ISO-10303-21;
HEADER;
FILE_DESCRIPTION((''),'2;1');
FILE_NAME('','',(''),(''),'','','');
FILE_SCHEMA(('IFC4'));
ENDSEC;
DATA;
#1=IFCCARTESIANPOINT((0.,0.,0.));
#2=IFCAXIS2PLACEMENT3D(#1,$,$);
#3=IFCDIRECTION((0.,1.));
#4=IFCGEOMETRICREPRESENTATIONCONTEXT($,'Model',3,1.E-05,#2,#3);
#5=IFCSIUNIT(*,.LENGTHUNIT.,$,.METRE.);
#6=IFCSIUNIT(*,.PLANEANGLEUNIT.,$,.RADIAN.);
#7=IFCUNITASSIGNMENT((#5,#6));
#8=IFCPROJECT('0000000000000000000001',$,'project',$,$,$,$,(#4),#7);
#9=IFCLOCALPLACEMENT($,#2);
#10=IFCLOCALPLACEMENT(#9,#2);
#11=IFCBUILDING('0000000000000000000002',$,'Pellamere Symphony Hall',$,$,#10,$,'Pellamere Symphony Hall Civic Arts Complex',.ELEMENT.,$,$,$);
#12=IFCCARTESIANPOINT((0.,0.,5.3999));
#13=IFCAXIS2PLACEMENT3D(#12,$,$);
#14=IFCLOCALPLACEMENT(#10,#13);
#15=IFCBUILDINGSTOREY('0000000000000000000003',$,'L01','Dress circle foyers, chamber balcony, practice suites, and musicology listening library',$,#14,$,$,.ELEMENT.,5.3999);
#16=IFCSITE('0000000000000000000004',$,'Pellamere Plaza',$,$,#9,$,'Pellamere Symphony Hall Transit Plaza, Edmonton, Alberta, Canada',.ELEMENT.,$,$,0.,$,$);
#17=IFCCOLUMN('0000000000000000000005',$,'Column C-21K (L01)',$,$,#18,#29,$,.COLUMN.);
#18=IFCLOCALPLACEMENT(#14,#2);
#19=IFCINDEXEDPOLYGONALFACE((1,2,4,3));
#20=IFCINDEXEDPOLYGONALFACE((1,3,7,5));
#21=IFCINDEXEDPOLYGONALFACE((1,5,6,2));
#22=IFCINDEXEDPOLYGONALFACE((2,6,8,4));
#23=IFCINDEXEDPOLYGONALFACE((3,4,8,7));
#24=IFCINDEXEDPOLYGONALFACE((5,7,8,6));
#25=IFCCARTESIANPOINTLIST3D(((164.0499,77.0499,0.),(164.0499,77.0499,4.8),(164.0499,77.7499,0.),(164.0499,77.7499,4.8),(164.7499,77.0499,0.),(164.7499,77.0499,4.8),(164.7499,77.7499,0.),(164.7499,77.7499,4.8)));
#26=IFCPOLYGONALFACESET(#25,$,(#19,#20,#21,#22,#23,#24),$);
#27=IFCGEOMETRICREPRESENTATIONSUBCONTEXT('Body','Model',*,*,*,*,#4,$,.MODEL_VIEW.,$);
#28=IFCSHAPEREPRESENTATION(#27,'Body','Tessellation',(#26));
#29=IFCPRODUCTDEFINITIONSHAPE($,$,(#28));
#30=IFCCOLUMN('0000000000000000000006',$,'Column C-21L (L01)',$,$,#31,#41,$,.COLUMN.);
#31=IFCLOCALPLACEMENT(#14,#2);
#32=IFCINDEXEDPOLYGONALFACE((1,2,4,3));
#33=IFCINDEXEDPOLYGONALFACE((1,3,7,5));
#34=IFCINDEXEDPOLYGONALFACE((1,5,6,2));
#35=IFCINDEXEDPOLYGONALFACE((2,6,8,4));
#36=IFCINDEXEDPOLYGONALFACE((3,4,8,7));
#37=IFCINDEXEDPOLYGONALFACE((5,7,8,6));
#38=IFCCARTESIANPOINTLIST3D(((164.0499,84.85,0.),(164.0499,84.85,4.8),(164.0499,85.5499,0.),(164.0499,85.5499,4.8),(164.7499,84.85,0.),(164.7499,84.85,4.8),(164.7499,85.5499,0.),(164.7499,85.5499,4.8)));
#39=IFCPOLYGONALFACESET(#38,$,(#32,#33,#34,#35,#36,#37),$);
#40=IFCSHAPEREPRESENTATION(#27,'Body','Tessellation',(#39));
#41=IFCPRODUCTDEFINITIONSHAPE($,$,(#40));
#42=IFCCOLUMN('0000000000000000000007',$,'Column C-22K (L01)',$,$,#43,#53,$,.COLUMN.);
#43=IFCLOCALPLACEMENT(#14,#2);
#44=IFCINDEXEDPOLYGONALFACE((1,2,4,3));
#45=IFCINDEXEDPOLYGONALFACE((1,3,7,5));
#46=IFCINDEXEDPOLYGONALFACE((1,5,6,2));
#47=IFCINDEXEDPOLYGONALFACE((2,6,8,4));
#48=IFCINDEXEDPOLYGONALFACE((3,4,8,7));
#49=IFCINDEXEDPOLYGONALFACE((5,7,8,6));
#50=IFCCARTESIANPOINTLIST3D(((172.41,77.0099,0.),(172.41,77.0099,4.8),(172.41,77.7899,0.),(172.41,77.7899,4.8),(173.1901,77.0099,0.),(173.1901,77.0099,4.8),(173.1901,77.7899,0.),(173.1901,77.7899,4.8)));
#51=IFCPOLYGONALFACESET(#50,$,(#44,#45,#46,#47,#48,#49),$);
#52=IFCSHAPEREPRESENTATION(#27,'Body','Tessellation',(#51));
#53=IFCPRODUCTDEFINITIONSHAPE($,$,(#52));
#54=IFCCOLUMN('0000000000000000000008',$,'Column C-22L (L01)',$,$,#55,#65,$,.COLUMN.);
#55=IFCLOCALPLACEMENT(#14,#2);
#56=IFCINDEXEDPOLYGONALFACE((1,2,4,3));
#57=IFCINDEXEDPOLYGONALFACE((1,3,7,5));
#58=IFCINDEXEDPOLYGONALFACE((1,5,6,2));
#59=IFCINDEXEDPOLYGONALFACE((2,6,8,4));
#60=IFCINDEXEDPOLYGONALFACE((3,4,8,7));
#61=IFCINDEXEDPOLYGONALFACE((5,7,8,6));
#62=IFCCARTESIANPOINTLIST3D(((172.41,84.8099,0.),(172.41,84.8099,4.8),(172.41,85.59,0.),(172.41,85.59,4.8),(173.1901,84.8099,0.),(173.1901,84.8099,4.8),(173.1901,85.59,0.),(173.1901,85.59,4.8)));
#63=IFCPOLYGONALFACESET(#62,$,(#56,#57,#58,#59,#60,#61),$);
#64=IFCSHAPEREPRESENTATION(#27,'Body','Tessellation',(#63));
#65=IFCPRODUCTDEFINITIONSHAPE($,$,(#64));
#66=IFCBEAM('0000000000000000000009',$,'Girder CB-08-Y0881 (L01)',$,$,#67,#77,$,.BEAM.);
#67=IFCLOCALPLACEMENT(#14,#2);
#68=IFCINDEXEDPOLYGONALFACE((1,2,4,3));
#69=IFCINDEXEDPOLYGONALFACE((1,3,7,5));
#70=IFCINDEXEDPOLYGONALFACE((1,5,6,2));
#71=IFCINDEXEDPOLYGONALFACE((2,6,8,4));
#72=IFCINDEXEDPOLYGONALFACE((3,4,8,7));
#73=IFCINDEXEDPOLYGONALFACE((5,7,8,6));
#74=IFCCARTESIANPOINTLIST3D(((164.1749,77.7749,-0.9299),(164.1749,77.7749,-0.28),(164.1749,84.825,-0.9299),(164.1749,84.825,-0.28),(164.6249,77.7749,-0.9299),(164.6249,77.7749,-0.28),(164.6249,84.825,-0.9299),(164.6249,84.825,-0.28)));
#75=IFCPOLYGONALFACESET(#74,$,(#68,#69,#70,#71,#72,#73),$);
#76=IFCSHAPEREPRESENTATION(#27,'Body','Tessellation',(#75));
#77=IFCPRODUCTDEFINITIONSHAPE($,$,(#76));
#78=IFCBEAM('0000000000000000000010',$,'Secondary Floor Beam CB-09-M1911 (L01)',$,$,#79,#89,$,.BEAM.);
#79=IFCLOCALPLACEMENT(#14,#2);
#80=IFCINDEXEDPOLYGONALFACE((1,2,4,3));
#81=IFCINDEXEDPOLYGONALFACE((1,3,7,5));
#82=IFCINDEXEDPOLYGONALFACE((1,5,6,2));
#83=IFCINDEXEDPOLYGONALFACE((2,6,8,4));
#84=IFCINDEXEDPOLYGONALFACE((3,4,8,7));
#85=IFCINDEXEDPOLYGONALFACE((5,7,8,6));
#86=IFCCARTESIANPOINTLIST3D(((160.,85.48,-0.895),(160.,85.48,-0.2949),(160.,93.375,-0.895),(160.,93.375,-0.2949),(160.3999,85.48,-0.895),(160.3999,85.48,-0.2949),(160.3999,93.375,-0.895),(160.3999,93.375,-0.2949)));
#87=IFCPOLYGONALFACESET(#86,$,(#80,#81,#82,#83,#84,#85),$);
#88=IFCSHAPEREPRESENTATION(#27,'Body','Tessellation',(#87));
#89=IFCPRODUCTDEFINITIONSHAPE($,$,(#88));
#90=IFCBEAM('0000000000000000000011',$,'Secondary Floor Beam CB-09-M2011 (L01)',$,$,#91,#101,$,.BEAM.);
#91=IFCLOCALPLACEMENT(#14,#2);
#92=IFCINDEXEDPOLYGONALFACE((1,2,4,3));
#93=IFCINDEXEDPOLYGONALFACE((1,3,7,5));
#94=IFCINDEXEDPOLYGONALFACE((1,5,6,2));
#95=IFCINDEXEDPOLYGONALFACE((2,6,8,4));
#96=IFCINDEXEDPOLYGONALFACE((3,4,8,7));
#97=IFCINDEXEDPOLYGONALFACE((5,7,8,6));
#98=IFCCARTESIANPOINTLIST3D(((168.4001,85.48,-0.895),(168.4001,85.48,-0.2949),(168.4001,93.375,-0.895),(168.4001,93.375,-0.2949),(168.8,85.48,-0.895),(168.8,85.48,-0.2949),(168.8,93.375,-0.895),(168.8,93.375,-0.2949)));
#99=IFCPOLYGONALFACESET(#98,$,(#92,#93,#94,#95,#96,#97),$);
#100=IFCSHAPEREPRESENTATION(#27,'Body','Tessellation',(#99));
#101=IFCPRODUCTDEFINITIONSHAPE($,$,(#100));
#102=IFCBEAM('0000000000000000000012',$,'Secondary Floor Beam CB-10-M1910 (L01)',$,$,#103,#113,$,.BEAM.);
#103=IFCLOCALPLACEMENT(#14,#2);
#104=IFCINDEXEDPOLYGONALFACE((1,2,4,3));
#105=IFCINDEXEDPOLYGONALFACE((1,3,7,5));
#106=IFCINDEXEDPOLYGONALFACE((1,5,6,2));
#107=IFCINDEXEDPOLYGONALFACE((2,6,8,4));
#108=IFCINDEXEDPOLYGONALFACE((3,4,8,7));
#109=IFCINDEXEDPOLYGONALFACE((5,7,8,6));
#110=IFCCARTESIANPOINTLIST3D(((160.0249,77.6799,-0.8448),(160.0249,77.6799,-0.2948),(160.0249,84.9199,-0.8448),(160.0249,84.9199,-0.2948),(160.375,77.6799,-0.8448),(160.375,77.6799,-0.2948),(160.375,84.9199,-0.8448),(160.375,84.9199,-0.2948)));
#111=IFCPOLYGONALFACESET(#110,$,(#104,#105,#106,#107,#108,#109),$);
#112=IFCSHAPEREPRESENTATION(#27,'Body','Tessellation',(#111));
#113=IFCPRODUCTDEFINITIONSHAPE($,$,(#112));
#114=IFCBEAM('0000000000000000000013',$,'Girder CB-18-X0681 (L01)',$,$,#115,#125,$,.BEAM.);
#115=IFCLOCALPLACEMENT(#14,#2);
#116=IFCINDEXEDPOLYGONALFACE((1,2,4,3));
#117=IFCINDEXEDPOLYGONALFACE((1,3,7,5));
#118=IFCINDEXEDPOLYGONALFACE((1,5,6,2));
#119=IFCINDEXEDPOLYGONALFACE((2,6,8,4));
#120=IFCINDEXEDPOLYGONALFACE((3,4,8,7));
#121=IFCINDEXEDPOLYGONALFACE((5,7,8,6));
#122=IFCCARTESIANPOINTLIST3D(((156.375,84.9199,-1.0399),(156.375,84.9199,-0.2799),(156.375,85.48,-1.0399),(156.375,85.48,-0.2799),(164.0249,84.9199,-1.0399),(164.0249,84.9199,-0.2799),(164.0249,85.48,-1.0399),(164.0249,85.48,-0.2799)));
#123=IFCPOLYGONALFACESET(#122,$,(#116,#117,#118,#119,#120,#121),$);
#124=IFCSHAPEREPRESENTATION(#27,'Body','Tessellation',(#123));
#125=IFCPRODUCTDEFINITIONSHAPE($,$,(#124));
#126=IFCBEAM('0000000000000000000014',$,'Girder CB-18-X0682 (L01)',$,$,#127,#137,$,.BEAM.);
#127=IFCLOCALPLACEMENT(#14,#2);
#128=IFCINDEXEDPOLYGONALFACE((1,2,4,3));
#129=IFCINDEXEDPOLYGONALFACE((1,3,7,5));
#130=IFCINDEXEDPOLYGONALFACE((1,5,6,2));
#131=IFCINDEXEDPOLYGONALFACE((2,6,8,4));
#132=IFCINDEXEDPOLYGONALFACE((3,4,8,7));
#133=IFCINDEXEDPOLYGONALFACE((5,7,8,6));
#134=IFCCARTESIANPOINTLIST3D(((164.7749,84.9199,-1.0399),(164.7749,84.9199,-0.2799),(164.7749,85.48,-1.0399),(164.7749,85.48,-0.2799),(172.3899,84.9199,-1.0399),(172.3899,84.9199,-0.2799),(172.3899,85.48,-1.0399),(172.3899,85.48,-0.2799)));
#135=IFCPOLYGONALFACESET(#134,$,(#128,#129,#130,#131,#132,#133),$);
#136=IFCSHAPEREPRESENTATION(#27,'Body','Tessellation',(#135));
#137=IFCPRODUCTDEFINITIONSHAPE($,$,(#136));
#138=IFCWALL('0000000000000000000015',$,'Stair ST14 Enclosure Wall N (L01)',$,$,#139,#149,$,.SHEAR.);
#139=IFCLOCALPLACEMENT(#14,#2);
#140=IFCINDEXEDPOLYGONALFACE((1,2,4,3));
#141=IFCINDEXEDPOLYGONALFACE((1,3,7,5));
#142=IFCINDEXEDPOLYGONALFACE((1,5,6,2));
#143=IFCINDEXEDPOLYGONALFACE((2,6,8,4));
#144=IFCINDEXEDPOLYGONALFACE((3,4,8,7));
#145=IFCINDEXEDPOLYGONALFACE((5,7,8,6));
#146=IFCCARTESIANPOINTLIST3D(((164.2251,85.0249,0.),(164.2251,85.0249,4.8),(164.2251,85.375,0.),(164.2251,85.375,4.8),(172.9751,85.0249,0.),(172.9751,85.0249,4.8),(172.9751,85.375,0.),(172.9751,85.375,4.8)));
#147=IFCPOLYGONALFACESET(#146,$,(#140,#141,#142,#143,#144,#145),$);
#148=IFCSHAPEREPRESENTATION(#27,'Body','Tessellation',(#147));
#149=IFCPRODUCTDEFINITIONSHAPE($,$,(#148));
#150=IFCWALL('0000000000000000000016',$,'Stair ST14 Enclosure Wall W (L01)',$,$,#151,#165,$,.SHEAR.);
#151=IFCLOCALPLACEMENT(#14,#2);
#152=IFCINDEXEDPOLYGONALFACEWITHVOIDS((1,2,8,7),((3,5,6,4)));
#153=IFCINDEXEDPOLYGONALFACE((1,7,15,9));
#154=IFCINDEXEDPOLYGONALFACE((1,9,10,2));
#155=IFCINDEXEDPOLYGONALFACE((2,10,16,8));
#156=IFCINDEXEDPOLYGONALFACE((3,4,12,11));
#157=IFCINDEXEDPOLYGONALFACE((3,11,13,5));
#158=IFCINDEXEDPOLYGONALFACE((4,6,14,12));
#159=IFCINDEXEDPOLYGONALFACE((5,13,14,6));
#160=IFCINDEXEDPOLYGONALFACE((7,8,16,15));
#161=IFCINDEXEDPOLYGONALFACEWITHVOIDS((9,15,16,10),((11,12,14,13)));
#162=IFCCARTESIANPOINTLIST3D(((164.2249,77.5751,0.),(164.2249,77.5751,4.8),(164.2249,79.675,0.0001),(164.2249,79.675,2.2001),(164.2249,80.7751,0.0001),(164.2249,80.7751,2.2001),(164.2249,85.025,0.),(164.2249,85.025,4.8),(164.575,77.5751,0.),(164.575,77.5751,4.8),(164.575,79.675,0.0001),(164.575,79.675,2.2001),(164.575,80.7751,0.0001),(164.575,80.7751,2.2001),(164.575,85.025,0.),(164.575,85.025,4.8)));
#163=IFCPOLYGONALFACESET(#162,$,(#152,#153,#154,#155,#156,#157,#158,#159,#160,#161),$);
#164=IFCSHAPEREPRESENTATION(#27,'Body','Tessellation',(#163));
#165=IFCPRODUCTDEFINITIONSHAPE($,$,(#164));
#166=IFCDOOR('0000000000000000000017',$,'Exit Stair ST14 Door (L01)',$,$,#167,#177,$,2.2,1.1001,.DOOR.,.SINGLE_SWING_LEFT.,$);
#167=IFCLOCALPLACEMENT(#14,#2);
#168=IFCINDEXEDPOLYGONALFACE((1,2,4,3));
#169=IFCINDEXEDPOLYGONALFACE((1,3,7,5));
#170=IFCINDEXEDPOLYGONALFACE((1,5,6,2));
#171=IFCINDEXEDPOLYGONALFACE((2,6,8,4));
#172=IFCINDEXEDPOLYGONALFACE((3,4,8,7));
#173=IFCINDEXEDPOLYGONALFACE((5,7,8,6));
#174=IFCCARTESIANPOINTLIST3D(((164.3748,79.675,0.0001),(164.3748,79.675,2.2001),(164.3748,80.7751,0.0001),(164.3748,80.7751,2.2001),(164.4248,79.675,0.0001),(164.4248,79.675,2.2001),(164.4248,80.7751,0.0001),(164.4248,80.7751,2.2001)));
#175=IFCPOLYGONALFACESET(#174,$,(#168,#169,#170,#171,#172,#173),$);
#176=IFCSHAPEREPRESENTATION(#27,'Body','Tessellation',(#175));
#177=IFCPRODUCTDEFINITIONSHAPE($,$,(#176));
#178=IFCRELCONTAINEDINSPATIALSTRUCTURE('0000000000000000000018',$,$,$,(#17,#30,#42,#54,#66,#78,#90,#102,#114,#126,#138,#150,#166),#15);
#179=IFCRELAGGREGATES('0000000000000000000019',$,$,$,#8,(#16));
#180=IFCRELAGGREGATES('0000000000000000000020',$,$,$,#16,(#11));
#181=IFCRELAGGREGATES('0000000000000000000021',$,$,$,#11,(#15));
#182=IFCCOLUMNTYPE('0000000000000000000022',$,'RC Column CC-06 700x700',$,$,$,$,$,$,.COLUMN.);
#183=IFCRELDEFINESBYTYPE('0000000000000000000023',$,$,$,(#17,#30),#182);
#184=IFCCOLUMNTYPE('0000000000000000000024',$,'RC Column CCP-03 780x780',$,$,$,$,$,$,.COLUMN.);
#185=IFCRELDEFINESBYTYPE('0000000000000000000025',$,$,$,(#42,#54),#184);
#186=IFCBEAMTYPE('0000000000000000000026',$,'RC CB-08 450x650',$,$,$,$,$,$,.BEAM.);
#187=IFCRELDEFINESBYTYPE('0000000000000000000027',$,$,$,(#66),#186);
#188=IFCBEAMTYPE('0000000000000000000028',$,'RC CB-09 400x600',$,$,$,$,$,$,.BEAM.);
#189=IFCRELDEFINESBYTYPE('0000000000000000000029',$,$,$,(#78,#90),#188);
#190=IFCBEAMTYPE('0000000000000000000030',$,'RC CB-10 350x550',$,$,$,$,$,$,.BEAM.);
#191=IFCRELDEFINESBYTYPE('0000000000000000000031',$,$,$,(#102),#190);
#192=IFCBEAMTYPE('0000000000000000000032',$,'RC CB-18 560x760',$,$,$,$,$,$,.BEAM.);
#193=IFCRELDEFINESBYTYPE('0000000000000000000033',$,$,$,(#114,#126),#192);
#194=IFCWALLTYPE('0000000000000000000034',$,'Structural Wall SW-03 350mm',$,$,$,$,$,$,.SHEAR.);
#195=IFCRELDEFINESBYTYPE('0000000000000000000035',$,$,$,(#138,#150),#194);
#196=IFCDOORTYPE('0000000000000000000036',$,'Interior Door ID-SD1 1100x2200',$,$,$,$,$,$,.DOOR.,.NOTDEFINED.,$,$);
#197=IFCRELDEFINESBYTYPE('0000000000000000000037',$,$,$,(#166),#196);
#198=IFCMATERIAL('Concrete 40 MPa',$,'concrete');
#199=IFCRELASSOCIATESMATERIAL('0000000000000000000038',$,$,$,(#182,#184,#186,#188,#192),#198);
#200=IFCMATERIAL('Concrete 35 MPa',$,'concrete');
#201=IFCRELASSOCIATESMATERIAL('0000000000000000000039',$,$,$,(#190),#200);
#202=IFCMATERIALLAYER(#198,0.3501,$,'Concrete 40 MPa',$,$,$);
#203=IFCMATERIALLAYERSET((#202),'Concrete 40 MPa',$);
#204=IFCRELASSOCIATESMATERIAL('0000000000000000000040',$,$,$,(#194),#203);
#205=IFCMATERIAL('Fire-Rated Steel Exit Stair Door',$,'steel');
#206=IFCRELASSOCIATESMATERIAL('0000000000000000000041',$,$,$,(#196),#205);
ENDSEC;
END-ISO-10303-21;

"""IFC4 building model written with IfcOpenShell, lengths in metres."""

from ifc_helpers import new_model, si_unit, direction, frame, frame_2d, origin, origin_2d, place, context, subcontext, project, spatial, rectangle, extrude, material, layer, layer_set, material_profile, profile_set, type_object, element, fill, save


model = new_model("IFC4")

# Units and contexts
model_context = context("Model", 3, precision=1e-05, world=origin(), true_north=direction((0.0, 1.0)))
body_context = subcontext(model_context, "Body", "Model", "MODEL_VIEW")
ifc_project = project(units=[si_unit("LENGTHUNIT", "METRE"), si_unit("PLANEANGLEUNIT", "RADIAN")], contexts=[model_context])

# Site, building, storey
site_placement = place(None, origin())
site = spatial("IfcSite", under=ifc_project, at=site_placement, Name="Pellamere Plaza", LongName="Pellamere Symphony Hall Transit Plaza, Edmonton, Alberta, Canada", CompositionType="ELEMENT", RefElevation=0.0)
building_placement = place(site_placement, origin())
building = spatial("IfcBuilding", under=site, at=building_placement, Name="Pellamere Symphony Hall", LongName="Pellamere Symphony Hall Civic Arts Complex", CompositionType="ELEMENT")
storey_placement = place(building_placement, frame((0.0, 0.0, 5.3999)))
storey = spatial("IfcBuildingStorey", under=building, at=storey_placement, Name="L01", Description="Dress circle foyers, chamber balcony, practice suites, and musicology listening library", CompositionType="ELEMENT", Elevation=5.3999)

# Columns
ifc_material_1 = material(Name="Concrete 40 MPa", Category="concrete")
ifc_material_profile_1 = material_profile(ifc_material_1, rectangle(XDim=0.7, YDim=0.7, at=origin_2d()), Name="RC 700x700")
ifc_profile_set_1 = profile_set([ifc_material_profile_1], Name="Concrete 40 MPa")
column_type_1 = type_object("IfcColumnType", Name="RC Column CC-06 700x700", PredefinedType="COLUMN", material=ifc_profile_set_1)
for number, where, z_axis, x_axis, name in (
    (1, (164.3999, 77.3999, 0.0), (0.0, 0.0, 1.0), (1.0, 0.0, 0.0), "Column C-21K (L01)"),
    (2, (164.3999, 85.2, 0.0), (0.0, 0.0, 1.0), (1.0, 0.0, 0.0), "Column C-21L (L01)"),
):
    element("IfcColumn", number, at=place(storey_placement, frame(where, z_axis=z_axis, x_axis=x_axis)), inside=storey, type_object=column_type_1, Name=name, PredefinedType="COLUMN", context=body_context, shape_type="SweptSolid", body=[
        extrude(rectangle(XDim=0.7, YDim=0.7, at=origin_2d()), origin(), (0.0, 0.0, 1.0), 4.8),
    ])
ifc_material_profile_2 = material_profile(ifc_material_1, rectangle(XDim=0.78, YDim=0.78, at=origin_2d()), Name="RC 780x780")
ifc_profile_set_2 = profile_set([ifc_material_profile_2], Name="Concrete 40 MPa")
column_type_2 = type_object("IfcColumnType", Name="RC Column CCP-03 780x780", PredefinedType="COLUMN", material=ifc_profile_set_2)
for number, where, z_axis, x_axis, name in (
    (3, (172.8, 77.3999, 0.0), (0.0, 0.0, 1.0), (1.0, 0.0, 0.0), "Column C-22K (L01)"),
    (4, (172.8, 85.2, 0.0), (0.0, 0.0, 1.0), (1.0, 0.0, 0.0), "Column C-22L (L01)"),
):
    element("IfcColumn", number, at=place(storey_placement, frame(where, z_axis=z_axis, x_axis=x_axis)), inside=storey, type_object=column_type_2, Name=name, PredefinedType="COLUMN", context=body_context, shape_type="SweptSolid", body=[
        extrude(rectangle(XDim=0.78, YDim=0.78, at=origin_2d()), origin(), (0.0, 0.0, 1.0), 4.8),
    ])

# Beams
ifc_material_profile_3 = material_profile(ifc_material_1, rectangle(XDim=0.45, YDim=0.6499, at=origin_2d()), Name="RC 450x650")
ifc_profile_set_3 = profile_set([ifc_material_profile_3], Name="Concrete 40 MPa")
beam_type_1 = type_object("IfcBeamType", Name="RC CB-08 450x650", PredefinedType="BEAM", material=ifc_profile_set_3)
beam_1_placement = place(storey_placement, frame((164.3999, 77.7749, -0.605), z_axis=(0.0, 1.0, 0.0), x_axis=(-1.0, 0.0, 0.0)))
element("IfcBeam", 5, at=beam_1_placement, inside=storey, type_object=beam_type_1, Name="Girder CB-08-Y0881 (L01)", PredefinedType="BEAM", context=body_context, shape_type="SweptSolid", body=[
    extrude(rectangle(XDim=0.45, YDim=0.6499, at=origin_2d()), origin(), (0.0, 0.0, 1.0), 7.05),
])
ifc_material_profile_4 = material_profile(ifc_material_1, rectangle(XDim=0.3999, YDim=0.6001, at=origin_2d()), Name="RC 400x600")
ifc_profile_set_4 = profile_set([ifc_material_profile_4], Name="Concrete 40 MPa")
beam_type_2 = type_object("IfcBeamType", Name="RC CB-09 400x600", PredefinedType="BEAM", material=ifc_profile_set_4)
for number, where, z_axis, x_axis, name in (
    (6, (160.2, 85.48, -0.595), (0.0, 1.0, 0.0), (-1.0, 0.0, 0.0), "Secondary Floor Beam CB-09-M1911 (L01)"),
    (7, (168.6001, 85.48, -0.595), (0.0, 1.0, 0.0), (-1.0, 0.0, 0.0), "Secondary Floor Beam CB-09-M2011 (L01)"),
):
    element("IfcBeam", number, at=place(storey_placement, frame(where, z_axis=z_axis, x_axis=x_axis)), inside=storey, type_object=beam_type_2, Name=name, PredefinedType="BEAM", context=body_context, shape_type="SweptSolid", body=[
        extrude(rectangle(XDim=0.3999, YDim=0.6001, at=origin_2d()), origin(), (0.0, 0.0, 1.0), 7.895),
    ])
ifc_material_2 = material(Name="Concrete 35 MPa", Category="concrete")
ifc_material_profile_5 = material_profile(ifc_material_2, rectangle(XDim=0.3501, YDim=0.55, at=origin_2d()), Name="RC 350x550")
ifc_profile_set_5 = profile_set([ifc_material_profile_5], Name="Concrete 35 MPa")
beam_type_3 = type_object("IfcBeamType", Name="RC CB-10 350x550", PredefinedType="BEAM", material=ifc_profile_set_5)
beam_2_placement = place(storey_placement, frame((160.2, 77.6799, -0.5698), z_axis=(0.0, 1.0, 0.0), x_axis=(-1.0, 0.0, 0.0)))
element("IfcBeam", 8, at=beam_2_placement, inside=storey, type_object=beam_type_3, Name="Secondary Floor Beam CB-10-M1910 (L01)", PredefinedType="BEAM", context=body_context, shape_type="SweptSolid", body=[
    extrude(rectangle(XDim=0.3501, YDim=0.55, at=origin_2d()), origin(), (0.0, 0.0, 1.0), 7.24),
])
ifc_material_profile_6 = material_profile(ifc_material_1, rectangle(XDim=0.5601, YDim=0.76, at=origin_2d()), Name="RC 560x760")
ifc_profile_set_6 = profile_set([ifc_material_profile_6], Name="Concrete 40 MPa")
beam_type_4 = type_object("IfcBeamType", Name="RC CB-18 560x760", PredefinedType="BEAM", material=ifc_profile_set_6)
beam_3_placement = place(storey_placement, frame((156.375, 85.2, -0.6599), z_axis=(1.0, 0.0, 0.0), x_axis=(0.0, 1.0, 0.0)))
element("IfcBeam", 9, at=beam_3_placement, inside=storey, type_object=beam_type_4, Name="Girder CB-18-X0681 (L01)", PredefinedType="BEAM", context=body_context, shape_type="SweptSolid", body=[
    extrude(rectangle(XDim=0.5601, YDim=0.76, at=origin_2d()), origin(), (0.0, 0.0, 1.0), 7.6499),
])
beam_4_placement = place(storey_placement, frame((164.7749, 85.2, -0.6599), z_axis=(1.0, 0.0, 0.0), x_axis=(0.0, 1.0, 0.0)))
element("IfcBeam", 10, at=beam_4_placement, inside=storey, type_object=beam_type_4, Name="Girder CB-18-X0682 (L01)", PredefinedType="BEAM", context=body_context, shape_type="SweptSolid", body=[
    extrude(rectangle(XDim=0.5601, YDim=0.76, at=origin_2d()), origin(), (0.0, 0.0, 1.0), 7.615),
])

# Wall
ifc_layer_1 = layer(ifc_material_1, 0.3501, Name="Concrete 40 MPa")
ifc_layer_set_1 = layer_set([ifc_layer_1], Name="Concrete 40 MPa")
wall_type_1 = type_object("IfcWallType", Name="Structural Wall SW-03 350mm", PredefinedType="SHEAR", material=ifc_layer_set_1)
wall_1_placement = place(storey_placement, frame((164.2251, 85.2, 0.0), z_axis=(0.0, 0.0, 1.0), x_axis=(1.0, 0.0, 0.0)))
element("IfcWall", 11, at=wall_1_placement, inside=storey, type_object=wall_type_1, Name="Stair ST14 Enclosure Wall N (L01)", PredefinedType="SHEAR", context=body_context, shape_type="SweptSolid", body=[
    extrude(rectangle(XDim=8.75, YDim=0.3501, at=frame_2d((4.375, 0.0))), origin(), (0.0, 0.0, 1.0), 4.8),
])

# Wall, opening, door
wall_2_placement = place(storey_placement, frame((164.3999, 77.575, 0.0), z_axis=(0.0, 0.0, 1.0), x_axis=(0.0, 1.0, 0.0)))
wall_2 = element("IfcWall", 12, at=wall_2_placement, inside=storey, type_object=wall_type_1, Name="Stair ST14 Enclosure Wall W (L01)", PredefinedType="SHEAR", context=body_context, shape_type="SweptSolid", body=[
    extrude(rectangle(XDim=7.45, YDim=0.3501, at=frame_2d((3.7251, 0.0))), origin(), (0.0, 0.0, 1.0), 4.8),
])
opening_placement = place(wall_2_placement, frame((2.1001, 0.0, 0.0)))
opening = element("IfcOpeningElement", 13, at=opening_placement, cuts=wall_2, PredefinedType="OPENING", context=body_context, shape_type="SweptSolid", body=[
    extrude(rectangle(XDim=1.1001, YDim=2.2, at=frame_2d((0.55, 1.1001))), frame((0.0, 0.1851, 0.0), z_axis=(0.0, -1.0, 0.0), x_axis=(1.0, 0.0, 0.0)), (0.0, 0.0, 1.0), 0.3701),
])
ifc_material_3 = material(Name="Fire-Rated Steel Exit Stair Door", Category="steel")
door_type = type_object("IfcDoorType", Name="Interior Door ID-SD1 1100x2200", OperationType="NOTDEFINED", PredefinedType="DOOR", material=ifc_material_3)
door_placement = place(opening_placement, frame((1.1001, 0.0, 0.0), z_axis=(0.0, 0.0, 1.0), x_axis=(-1.0, 0.0, 0.0)))
door = element("IfcDoor", 14, at=door_placement, inside=storey, type_object=door_type, Name="Exit Stair ST14 Door (L01)", OperationType="SINGLE_SWING_LEFT", OverallHeight=2.2, OverallWidth=1.1001, PredefinedType="DOOR", context=body_context, shape_type="SweptSolid", body=[
    extrude(rectangle(XDim=1.1001, YDim=2.2, at=frame_2d((0.55, 1.1001))), frame((0.0, 0.0249, 0.0), z_axis=(0.0, -1.0, 0.0), x_axis=(1.0, 0.0, 0.0)), (0.0, 0.0, 1.0), 0.05),
])
fill(opening, door)

save(model, "model.ifc")
